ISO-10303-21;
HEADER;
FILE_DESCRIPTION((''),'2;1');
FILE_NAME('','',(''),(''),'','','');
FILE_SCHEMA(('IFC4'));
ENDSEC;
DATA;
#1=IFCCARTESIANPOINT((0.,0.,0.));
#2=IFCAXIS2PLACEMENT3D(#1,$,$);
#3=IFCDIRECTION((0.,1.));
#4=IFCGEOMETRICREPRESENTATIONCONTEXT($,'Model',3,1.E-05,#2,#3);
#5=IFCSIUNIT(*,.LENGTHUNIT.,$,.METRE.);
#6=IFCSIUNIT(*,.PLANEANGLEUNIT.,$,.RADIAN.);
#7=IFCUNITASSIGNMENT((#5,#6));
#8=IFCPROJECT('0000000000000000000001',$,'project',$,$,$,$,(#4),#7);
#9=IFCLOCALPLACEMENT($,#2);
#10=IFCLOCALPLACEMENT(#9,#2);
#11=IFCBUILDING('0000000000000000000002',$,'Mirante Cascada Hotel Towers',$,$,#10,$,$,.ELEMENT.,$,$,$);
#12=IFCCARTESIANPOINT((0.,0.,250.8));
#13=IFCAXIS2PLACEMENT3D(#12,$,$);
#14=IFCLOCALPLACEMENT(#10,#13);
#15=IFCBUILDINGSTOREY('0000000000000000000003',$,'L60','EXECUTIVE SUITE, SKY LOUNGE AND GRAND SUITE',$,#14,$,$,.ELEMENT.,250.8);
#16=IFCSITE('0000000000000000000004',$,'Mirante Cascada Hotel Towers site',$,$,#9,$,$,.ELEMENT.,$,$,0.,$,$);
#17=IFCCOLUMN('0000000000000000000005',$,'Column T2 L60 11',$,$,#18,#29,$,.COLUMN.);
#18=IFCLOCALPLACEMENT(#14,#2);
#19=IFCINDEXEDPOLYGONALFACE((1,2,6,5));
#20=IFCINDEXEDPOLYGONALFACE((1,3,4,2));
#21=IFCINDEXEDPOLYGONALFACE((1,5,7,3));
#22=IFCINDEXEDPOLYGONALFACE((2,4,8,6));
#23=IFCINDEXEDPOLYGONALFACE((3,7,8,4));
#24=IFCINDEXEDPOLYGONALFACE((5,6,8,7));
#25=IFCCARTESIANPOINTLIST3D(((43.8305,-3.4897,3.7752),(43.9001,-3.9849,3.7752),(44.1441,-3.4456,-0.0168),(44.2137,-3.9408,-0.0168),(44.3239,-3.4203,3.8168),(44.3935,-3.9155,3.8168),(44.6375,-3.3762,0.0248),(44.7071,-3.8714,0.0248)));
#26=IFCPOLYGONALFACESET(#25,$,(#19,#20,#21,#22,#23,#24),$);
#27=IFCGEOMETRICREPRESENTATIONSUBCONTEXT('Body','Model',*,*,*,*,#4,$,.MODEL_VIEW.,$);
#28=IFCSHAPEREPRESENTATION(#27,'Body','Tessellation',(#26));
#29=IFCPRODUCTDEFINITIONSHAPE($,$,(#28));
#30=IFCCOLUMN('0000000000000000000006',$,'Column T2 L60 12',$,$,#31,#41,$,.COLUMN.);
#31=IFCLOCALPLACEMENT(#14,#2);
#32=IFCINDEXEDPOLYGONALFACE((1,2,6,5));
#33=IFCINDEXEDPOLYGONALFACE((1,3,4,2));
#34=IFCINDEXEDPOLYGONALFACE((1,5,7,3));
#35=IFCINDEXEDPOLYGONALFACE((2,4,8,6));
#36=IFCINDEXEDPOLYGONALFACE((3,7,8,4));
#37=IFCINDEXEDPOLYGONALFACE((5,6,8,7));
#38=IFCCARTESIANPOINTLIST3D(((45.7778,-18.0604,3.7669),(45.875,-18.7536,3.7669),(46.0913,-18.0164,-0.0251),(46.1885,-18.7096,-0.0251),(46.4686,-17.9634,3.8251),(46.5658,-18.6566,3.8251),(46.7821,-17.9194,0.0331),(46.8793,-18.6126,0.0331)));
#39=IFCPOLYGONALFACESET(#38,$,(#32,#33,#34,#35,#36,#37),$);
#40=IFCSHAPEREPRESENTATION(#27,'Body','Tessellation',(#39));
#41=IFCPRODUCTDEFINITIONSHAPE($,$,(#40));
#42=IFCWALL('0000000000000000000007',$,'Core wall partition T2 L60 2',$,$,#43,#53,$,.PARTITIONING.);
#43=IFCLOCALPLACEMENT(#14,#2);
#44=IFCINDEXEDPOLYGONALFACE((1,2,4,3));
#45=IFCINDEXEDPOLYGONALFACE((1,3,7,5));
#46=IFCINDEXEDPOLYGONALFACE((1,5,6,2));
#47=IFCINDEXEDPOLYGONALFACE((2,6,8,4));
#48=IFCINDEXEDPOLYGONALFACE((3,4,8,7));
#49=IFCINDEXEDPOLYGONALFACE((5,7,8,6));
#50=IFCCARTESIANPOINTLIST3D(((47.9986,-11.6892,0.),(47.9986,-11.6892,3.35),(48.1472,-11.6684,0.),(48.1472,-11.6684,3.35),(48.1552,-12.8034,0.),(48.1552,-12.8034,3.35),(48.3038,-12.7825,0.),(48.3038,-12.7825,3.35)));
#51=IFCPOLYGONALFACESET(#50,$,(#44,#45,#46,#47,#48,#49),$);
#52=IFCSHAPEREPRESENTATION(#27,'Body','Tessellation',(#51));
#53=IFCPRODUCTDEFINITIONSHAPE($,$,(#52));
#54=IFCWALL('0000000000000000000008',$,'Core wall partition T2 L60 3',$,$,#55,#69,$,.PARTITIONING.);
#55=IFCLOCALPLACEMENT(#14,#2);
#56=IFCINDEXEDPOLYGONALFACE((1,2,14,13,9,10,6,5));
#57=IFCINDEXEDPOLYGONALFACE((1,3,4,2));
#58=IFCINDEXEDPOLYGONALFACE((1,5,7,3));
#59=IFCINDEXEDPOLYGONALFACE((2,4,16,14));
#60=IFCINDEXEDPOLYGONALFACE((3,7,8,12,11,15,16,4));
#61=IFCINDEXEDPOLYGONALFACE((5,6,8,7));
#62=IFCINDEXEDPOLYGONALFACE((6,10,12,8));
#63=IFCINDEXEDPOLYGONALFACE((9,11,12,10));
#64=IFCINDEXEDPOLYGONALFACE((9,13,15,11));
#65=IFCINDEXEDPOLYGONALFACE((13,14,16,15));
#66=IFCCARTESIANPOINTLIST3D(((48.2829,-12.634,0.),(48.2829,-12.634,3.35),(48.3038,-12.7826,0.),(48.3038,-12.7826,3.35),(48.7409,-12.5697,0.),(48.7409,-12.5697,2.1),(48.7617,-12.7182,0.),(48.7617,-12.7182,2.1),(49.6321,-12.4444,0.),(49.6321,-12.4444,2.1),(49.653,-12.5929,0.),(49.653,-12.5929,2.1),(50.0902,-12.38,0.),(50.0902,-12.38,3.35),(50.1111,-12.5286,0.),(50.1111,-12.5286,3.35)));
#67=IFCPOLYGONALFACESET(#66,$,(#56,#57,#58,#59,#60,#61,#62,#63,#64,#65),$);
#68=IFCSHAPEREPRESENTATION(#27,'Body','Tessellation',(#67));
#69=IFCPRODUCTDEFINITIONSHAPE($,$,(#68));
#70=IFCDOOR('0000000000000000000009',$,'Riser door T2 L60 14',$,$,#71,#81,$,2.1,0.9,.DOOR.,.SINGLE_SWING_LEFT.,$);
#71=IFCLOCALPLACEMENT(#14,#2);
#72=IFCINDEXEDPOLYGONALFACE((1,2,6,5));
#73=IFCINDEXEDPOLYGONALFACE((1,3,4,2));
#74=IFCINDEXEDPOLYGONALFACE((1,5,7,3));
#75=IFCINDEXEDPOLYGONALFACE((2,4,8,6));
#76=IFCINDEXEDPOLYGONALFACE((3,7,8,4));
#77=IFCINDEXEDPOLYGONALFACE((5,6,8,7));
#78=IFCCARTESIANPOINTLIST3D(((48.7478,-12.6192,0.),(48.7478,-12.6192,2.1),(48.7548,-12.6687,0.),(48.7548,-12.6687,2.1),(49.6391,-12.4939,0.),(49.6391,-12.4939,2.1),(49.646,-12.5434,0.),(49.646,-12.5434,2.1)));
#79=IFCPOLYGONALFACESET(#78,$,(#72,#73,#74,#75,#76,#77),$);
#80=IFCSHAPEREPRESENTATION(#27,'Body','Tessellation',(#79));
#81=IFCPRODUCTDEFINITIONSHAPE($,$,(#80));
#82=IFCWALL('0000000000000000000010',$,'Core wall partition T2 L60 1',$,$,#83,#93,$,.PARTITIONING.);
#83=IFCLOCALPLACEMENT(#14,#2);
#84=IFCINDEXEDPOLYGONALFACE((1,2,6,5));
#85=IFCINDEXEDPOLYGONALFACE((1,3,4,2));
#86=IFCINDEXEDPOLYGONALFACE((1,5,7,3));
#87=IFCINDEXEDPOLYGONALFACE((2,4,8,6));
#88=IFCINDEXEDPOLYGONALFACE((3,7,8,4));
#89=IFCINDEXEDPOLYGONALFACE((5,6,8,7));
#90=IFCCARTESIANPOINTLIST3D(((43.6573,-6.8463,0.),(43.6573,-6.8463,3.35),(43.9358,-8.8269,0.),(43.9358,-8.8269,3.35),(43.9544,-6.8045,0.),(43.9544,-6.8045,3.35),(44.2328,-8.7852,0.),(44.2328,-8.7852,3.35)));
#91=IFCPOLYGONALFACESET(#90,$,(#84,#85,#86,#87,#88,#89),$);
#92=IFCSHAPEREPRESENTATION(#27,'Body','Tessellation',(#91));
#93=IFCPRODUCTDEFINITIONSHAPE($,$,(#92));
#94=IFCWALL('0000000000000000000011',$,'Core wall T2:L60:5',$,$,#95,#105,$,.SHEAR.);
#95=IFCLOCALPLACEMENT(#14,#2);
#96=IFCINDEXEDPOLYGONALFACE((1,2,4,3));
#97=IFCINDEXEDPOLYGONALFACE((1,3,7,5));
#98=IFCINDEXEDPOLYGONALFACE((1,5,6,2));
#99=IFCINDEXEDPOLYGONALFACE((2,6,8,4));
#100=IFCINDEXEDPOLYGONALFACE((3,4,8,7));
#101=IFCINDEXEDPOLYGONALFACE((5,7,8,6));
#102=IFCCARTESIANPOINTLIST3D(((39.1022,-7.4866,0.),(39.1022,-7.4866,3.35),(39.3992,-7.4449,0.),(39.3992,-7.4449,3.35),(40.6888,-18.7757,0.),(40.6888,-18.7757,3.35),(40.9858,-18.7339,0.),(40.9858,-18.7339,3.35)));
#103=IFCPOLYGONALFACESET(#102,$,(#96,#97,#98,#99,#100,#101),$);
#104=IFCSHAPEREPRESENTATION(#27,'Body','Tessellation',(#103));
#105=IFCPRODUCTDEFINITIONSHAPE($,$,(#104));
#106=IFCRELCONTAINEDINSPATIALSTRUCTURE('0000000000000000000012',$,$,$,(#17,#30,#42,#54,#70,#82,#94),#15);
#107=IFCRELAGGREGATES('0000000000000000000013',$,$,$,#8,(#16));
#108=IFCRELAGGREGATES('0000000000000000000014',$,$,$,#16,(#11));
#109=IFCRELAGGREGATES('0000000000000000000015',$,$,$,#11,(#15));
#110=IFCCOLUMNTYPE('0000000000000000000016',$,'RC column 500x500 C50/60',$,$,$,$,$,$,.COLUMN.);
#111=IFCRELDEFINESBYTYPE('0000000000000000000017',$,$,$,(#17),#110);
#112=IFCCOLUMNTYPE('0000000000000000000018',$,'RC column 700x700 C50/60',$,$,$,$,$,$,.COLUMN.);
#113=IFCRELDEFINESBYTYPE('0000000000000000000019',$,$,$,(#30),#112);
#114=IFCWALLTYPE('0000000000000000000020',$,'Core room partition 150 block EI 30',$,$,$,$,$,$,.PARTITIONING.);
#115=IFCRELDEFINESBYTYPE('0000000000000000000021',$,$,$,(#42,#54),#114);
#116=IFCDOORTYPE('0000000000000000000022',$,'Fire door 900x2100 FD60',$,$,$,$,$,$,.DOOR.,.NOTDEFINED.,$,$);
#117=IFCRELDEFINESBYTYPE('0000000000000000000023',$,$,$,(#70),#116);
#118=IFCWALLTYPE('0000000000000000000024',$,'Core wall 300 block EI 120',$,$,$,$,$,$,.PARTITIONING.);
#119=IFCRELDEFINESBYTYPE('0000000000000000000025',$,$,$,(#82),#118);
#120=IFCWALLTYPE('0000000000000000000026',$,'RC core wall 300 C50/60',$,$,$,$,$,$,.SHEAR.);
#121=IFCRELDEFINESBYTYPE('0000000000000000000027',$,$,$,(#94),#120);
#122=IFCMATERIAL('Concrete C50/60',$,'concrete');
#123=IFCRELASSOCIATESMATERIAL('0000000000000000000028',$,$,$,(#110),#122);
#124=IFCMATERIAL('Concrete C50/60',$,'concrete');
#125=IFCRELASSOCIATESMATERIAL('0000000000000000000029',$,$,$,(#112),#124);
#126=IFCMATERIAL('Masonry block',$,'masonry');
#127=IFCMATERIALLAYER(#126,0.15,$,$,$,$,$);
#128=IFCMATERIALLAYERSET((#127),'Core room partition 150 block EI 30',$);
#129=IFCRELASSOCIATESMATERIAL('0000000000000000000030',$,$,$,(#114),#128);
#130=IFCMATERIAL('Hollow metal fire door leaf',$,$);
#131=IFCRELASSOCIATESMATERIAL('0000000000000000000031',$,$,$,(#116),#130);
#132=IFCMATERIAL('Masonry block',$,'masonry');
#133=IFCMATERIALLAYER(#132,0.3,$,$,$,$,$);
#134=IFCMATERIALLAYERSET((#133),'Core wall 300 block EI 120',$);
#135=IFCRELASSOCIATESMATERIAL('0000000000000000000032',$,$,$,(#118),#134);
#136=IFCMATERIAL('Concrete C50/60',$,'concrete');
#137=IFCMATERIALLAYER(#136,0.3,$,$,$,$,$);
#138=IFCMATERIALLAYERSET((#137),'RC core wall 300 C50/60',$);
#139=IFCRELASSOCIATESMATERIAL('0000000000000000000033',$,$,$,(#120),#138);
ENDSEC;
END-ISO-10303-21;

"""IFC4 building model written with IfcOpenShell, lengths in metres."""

from ifc_helpers import new_model, si_unit, direction, frame, frame_2d, origin, origin_2d, place, context, subcontext, project, spatial, rectangle, extrude, material, layer, layer_set, material_profile, profile_set, type_object, element, fill, save


model = new_model("IFC4")

# Units and contexts
model_context = context("Model", 3, precision=1e-05, world=origin(), true_north=direction((0.0, 1.0)))
body_context = subcontext(model_context, "Body", "Model", "MODEL_VIEW")
ifc_project = project(units=[si_unit("LENGTHUNIT", "METRE"), si_unit("PLANEANGLEUNIT", "RADIAN")], contexts=[model_context])

# Site, building, storey
site_placement = place(None, origin())
site = spatial("IfcSite", under=ifc_project, at=site_placement, Name="Mirante Cascada Hotel Towers site", CompositionType="ELEMENT", RefElevation=0.0)
building_placement = place(site_placement, origin())
building = spatial("IfcBuilding", under=site, at=building_placement, Name="Mirante Cascada Hotel Towers", CompositionType="ELEMENT")
storey_placement = place(building_placement, frame((0.0, 0.0, 250.8)))
storey = spatial("IfcBuildingStorey", under=building, at=storey_placement, Name="L60", Description="EXECUTIVE SUITE, SKY LOUNGE AND GRAND SUITE", CompositionType="ELEMENT", Elevation=250.8)

# Columns
ifc_material_1 = material(Name="Concrete C50/60", Category="concrete")
ifc_material_profile_1 = material_profile(ifc_material_1, rectangle(XDim=0.5, YDim=0.5, at=origin_2d()), Name="RC column 500x500 C50/60")
ifc_profile_set_1 = profile_set([ifc_material_profile_1], Name="Concrete C50/60")
column_type_1 = type_object("IfcColumnType", Name="RC column 500x500 C50/60", PredefinedType="COLUMN", material=ifc_profile_set_1)
column_1_placement = place(storey_placement, frame((44.4256, -3.6585, 0.004), z_axis=(-0.082414, -0.011589, 0.996531), x_axis=(0.139255, -0.990257, 0.0)))
element("IfcColumn", 1, at=column_1_placement, inside=storey, type_object=column_type_1, Name="Column T2 L60 11", PredefinedType="COLUMN", context=body_context, shape_type="SweptSolid", body=[
    extrude(rectangle(XDim=0.5, YDim=0.5, at=origin_2d()), origin(), (0.0, 0.0, 1.0), 3.8052),
])
ifc_material_2 = material(Name="Concrete C50/60", Category="concrete")
ifc_material_profile_2 = material_profile(ifc_material_2, rectangle(XDim=0.7, YDim=0.7, at=origin_2d()), Name="RC column 700x700 C50/60")
ifc_profile_set_2 = profile_set([ifc_material_profile_2], Name="Concrete C50/60")
column_type_2 = type_object("IfcColumnType", Name="RC column 700x700 C50/60", PredefinedType="COLUMN", material=ifc_profile_set_2)
column_2_placement = place(storey_placement, frame((46.4853, -18.3145, 0.004), z_axis=(-0.082387, -0.011563, 0.996533), x_axis=(0.138989, -0.990294, 0.0)))
element("IfcColumn", 2, at=column_2_placement, inside=storey, type_object=column_type_2, Name="Column T2 L60 12", PredefinedType="COLUMN", context=body_context, shape_type="SweptSolid", body=[
    extrude(rectangle(XDim=0.7, YDim=0.7, at=origin_2d()), origin(), (0.0, 0.0, 1.0), 3.8052),
])

# Wall
ifc_material_3 = material(Name="Masonry block", Category="masonry")
ifc_layer_1 = layer(ifc_material_3, 0.15)
ifc_layer_set_1 = layer_set([ifc_layer_1], Name="Core room partition 150 block EI 30")
wall_type_1 = type_object("IfcWallType", Name="Core room partition 150 block EI 30", PredefinedType="PARTITIONING", material=ifc_layer_set_1)
wall_1_placement = place(storey_placement, frame((48.2295, -12.793, 0.0), z_axis=(0.0, 0.0, 1.0), x_axis=(-0.139193, 0.990265, 0.0)))
element("IfcWall", 3, at=wall_1_placement, inside=storey, type_object=wall_type_1, Name="Core wall partition T2 L60 2", PredefinedType="PARTITIONING", context=body_context, shape_type="SweptSolid", body=[
    extrude(rectangle(XDim=1.1251, YDim=0.15, at=frame_2d((0.5626, 0.0))), origin(), (0.0, 0.0, 1.0), 3.35),
])

# Wall, opening, door
wall_2_placement = place(storey_placement, frame((48.2933, -12.7083, 0.0), z_axis=(0.0, 0.0, 1.0), x_axis=(0.990268, 0.139173, 0.0)))
wall_2 = element("IfcWall", 4, at=wall_2_placement, inside=storey, type_object=wall_type_1, Name="Core wall partition T2 L60 3", PredefinedType="PARTITIONING", context=body_context, shape_type="SweptSolid", body=[
    extrude(rectangle(XDim=1.8251, YDim=0.15, at=frame_2d((0.9126, 0.0))), origin(), (0.0, 0.0, 1.0), 3.35),
])
opening_1_placement = place(wall_2_placement, frame((0.4625, 0.0, 0.0)))
opening_1 = element("IfcOpeningElement", 5, at=opening_1_placement, cuts=wall_2, PredefinedType="OPENING", context=body_context, shape_type="SweptSolid", body=[
    extrude(rectangle(XDim=0.9, YDim=2.1, at=frame_2d((0.45, 1.05))), frame((0.0, 0.075, 0.0), z_axis=(0.0, -1.0, 0.0), x_axis=(1.0, 0.0, 0.0)), (0.0, 0.0, 1.0), 0.15),
])
ifc_material_4 = material(Name="Hollow metal fire door leaf")
door_type_1 = type_object("IfcDoorType", Name="Fire door 900x2100 FD60", OperationType="NOTDEFINED", PredefinedType="DOOR", material=ifc_material_4)
door_1_placement = place(opening_1_placement, frame((0.9, 0.0, 0.0), z_axis=(0.0, 0.0, 1.0), x_axis=(-1.0, 0.0, 0.0)))
door_1 = element("IfcDoor", 6, at=door_1_placement, inside=storey, type_object=door_type_1, Name="Riser door T2 L60 14", OperationType="SINGLE_SWING_LEFT", OverallHeight=2.1, OverallWidth=0.9, PredefinedType="DOOR", context=body_context, shape_type="SweptSolid", body=[
    extrude(rectangle(XDim=0.9, YDim=2.1, at=frame_2d((0.45, 1.05))), frame((0.0, 0.025, 0.0), z_axis=(0.0, -1.0, 0.0), x_axis=(1.0, 0.0, 0.0)), (0.0, 0.0, 1.0), 0.05),
])
fill(opening_1, door_1)

# Walls
ifc_material_5 = material(Name="Masonry block", Category="masonry")
ifc_layer_2 = layer(ifc_material_5, 0.3)
ifc_layer_set_2 = layer_set([ifc_layer_2], Name="Core wall 300 block EI 120")
wall_type_2 = type_object("IfcWallType", Name="Core wall 300 block EI 120", PredefinedType="PARTITIONING", material=ifc_layer_set_2)
wall_3_placement = place(storey_placement, frame((44.0843, -8.8061, 0.0), z_axis=(0.0, 0.0, 1.0), x_axis=(-0.139195, 0.990265, 0.0)))
element("IfcWall", 7, at=wall_3_placement, inside=storey, type_object=wall_type_2, Name="Core wall partition T2 L60 1", PredefinedType="PARTITIONING", context=body_context, shape_type="SweptSolid", body=[
    extrude(rectangle(XDim=2.0001, YDim=0.3, at=frame_2d((1.0001, 0.0))), origin(), (0.0, 0.0, 1.0), 3.35),
])
ifc_material_6 = material(Name="Concrete C50/60", Category="concrete")
ifc_layer_3 = layer(ifc_material_6, 0.3)
ifc_layer_set_3 = layer_set([ifc_layer_3], Name="RC core wall 300 C50/60")
wall_type_3 = type_object("IfcWallType", Name="RC core wall 300 C50/60", PredefinedType="SHEAR", material=ifc_layer_set_3)
wall_4_placement = place(storey_placement, frame((40.8373, -18.7548, 0.0), z_axis=(0.0, 0.0, 1.0), x_axis=(-0.139175, 0.990268, 0.0)))
element("IfcWall", 8, at=wall_4_placement, inside=storey, type_object=wall_type_3, Name="Core wall T2:L60:5", PredefinedType="SHEAR", context=body_context, shape_type="SweptSolid", body=[
    extrude(rectangle(XDim=11.4, YDim=0.3, at=frame_2d((5.7, 0.0))), origin(), (0.0, 0.0, 1.0), 3.35),
])

save(model, "model.ifc")
